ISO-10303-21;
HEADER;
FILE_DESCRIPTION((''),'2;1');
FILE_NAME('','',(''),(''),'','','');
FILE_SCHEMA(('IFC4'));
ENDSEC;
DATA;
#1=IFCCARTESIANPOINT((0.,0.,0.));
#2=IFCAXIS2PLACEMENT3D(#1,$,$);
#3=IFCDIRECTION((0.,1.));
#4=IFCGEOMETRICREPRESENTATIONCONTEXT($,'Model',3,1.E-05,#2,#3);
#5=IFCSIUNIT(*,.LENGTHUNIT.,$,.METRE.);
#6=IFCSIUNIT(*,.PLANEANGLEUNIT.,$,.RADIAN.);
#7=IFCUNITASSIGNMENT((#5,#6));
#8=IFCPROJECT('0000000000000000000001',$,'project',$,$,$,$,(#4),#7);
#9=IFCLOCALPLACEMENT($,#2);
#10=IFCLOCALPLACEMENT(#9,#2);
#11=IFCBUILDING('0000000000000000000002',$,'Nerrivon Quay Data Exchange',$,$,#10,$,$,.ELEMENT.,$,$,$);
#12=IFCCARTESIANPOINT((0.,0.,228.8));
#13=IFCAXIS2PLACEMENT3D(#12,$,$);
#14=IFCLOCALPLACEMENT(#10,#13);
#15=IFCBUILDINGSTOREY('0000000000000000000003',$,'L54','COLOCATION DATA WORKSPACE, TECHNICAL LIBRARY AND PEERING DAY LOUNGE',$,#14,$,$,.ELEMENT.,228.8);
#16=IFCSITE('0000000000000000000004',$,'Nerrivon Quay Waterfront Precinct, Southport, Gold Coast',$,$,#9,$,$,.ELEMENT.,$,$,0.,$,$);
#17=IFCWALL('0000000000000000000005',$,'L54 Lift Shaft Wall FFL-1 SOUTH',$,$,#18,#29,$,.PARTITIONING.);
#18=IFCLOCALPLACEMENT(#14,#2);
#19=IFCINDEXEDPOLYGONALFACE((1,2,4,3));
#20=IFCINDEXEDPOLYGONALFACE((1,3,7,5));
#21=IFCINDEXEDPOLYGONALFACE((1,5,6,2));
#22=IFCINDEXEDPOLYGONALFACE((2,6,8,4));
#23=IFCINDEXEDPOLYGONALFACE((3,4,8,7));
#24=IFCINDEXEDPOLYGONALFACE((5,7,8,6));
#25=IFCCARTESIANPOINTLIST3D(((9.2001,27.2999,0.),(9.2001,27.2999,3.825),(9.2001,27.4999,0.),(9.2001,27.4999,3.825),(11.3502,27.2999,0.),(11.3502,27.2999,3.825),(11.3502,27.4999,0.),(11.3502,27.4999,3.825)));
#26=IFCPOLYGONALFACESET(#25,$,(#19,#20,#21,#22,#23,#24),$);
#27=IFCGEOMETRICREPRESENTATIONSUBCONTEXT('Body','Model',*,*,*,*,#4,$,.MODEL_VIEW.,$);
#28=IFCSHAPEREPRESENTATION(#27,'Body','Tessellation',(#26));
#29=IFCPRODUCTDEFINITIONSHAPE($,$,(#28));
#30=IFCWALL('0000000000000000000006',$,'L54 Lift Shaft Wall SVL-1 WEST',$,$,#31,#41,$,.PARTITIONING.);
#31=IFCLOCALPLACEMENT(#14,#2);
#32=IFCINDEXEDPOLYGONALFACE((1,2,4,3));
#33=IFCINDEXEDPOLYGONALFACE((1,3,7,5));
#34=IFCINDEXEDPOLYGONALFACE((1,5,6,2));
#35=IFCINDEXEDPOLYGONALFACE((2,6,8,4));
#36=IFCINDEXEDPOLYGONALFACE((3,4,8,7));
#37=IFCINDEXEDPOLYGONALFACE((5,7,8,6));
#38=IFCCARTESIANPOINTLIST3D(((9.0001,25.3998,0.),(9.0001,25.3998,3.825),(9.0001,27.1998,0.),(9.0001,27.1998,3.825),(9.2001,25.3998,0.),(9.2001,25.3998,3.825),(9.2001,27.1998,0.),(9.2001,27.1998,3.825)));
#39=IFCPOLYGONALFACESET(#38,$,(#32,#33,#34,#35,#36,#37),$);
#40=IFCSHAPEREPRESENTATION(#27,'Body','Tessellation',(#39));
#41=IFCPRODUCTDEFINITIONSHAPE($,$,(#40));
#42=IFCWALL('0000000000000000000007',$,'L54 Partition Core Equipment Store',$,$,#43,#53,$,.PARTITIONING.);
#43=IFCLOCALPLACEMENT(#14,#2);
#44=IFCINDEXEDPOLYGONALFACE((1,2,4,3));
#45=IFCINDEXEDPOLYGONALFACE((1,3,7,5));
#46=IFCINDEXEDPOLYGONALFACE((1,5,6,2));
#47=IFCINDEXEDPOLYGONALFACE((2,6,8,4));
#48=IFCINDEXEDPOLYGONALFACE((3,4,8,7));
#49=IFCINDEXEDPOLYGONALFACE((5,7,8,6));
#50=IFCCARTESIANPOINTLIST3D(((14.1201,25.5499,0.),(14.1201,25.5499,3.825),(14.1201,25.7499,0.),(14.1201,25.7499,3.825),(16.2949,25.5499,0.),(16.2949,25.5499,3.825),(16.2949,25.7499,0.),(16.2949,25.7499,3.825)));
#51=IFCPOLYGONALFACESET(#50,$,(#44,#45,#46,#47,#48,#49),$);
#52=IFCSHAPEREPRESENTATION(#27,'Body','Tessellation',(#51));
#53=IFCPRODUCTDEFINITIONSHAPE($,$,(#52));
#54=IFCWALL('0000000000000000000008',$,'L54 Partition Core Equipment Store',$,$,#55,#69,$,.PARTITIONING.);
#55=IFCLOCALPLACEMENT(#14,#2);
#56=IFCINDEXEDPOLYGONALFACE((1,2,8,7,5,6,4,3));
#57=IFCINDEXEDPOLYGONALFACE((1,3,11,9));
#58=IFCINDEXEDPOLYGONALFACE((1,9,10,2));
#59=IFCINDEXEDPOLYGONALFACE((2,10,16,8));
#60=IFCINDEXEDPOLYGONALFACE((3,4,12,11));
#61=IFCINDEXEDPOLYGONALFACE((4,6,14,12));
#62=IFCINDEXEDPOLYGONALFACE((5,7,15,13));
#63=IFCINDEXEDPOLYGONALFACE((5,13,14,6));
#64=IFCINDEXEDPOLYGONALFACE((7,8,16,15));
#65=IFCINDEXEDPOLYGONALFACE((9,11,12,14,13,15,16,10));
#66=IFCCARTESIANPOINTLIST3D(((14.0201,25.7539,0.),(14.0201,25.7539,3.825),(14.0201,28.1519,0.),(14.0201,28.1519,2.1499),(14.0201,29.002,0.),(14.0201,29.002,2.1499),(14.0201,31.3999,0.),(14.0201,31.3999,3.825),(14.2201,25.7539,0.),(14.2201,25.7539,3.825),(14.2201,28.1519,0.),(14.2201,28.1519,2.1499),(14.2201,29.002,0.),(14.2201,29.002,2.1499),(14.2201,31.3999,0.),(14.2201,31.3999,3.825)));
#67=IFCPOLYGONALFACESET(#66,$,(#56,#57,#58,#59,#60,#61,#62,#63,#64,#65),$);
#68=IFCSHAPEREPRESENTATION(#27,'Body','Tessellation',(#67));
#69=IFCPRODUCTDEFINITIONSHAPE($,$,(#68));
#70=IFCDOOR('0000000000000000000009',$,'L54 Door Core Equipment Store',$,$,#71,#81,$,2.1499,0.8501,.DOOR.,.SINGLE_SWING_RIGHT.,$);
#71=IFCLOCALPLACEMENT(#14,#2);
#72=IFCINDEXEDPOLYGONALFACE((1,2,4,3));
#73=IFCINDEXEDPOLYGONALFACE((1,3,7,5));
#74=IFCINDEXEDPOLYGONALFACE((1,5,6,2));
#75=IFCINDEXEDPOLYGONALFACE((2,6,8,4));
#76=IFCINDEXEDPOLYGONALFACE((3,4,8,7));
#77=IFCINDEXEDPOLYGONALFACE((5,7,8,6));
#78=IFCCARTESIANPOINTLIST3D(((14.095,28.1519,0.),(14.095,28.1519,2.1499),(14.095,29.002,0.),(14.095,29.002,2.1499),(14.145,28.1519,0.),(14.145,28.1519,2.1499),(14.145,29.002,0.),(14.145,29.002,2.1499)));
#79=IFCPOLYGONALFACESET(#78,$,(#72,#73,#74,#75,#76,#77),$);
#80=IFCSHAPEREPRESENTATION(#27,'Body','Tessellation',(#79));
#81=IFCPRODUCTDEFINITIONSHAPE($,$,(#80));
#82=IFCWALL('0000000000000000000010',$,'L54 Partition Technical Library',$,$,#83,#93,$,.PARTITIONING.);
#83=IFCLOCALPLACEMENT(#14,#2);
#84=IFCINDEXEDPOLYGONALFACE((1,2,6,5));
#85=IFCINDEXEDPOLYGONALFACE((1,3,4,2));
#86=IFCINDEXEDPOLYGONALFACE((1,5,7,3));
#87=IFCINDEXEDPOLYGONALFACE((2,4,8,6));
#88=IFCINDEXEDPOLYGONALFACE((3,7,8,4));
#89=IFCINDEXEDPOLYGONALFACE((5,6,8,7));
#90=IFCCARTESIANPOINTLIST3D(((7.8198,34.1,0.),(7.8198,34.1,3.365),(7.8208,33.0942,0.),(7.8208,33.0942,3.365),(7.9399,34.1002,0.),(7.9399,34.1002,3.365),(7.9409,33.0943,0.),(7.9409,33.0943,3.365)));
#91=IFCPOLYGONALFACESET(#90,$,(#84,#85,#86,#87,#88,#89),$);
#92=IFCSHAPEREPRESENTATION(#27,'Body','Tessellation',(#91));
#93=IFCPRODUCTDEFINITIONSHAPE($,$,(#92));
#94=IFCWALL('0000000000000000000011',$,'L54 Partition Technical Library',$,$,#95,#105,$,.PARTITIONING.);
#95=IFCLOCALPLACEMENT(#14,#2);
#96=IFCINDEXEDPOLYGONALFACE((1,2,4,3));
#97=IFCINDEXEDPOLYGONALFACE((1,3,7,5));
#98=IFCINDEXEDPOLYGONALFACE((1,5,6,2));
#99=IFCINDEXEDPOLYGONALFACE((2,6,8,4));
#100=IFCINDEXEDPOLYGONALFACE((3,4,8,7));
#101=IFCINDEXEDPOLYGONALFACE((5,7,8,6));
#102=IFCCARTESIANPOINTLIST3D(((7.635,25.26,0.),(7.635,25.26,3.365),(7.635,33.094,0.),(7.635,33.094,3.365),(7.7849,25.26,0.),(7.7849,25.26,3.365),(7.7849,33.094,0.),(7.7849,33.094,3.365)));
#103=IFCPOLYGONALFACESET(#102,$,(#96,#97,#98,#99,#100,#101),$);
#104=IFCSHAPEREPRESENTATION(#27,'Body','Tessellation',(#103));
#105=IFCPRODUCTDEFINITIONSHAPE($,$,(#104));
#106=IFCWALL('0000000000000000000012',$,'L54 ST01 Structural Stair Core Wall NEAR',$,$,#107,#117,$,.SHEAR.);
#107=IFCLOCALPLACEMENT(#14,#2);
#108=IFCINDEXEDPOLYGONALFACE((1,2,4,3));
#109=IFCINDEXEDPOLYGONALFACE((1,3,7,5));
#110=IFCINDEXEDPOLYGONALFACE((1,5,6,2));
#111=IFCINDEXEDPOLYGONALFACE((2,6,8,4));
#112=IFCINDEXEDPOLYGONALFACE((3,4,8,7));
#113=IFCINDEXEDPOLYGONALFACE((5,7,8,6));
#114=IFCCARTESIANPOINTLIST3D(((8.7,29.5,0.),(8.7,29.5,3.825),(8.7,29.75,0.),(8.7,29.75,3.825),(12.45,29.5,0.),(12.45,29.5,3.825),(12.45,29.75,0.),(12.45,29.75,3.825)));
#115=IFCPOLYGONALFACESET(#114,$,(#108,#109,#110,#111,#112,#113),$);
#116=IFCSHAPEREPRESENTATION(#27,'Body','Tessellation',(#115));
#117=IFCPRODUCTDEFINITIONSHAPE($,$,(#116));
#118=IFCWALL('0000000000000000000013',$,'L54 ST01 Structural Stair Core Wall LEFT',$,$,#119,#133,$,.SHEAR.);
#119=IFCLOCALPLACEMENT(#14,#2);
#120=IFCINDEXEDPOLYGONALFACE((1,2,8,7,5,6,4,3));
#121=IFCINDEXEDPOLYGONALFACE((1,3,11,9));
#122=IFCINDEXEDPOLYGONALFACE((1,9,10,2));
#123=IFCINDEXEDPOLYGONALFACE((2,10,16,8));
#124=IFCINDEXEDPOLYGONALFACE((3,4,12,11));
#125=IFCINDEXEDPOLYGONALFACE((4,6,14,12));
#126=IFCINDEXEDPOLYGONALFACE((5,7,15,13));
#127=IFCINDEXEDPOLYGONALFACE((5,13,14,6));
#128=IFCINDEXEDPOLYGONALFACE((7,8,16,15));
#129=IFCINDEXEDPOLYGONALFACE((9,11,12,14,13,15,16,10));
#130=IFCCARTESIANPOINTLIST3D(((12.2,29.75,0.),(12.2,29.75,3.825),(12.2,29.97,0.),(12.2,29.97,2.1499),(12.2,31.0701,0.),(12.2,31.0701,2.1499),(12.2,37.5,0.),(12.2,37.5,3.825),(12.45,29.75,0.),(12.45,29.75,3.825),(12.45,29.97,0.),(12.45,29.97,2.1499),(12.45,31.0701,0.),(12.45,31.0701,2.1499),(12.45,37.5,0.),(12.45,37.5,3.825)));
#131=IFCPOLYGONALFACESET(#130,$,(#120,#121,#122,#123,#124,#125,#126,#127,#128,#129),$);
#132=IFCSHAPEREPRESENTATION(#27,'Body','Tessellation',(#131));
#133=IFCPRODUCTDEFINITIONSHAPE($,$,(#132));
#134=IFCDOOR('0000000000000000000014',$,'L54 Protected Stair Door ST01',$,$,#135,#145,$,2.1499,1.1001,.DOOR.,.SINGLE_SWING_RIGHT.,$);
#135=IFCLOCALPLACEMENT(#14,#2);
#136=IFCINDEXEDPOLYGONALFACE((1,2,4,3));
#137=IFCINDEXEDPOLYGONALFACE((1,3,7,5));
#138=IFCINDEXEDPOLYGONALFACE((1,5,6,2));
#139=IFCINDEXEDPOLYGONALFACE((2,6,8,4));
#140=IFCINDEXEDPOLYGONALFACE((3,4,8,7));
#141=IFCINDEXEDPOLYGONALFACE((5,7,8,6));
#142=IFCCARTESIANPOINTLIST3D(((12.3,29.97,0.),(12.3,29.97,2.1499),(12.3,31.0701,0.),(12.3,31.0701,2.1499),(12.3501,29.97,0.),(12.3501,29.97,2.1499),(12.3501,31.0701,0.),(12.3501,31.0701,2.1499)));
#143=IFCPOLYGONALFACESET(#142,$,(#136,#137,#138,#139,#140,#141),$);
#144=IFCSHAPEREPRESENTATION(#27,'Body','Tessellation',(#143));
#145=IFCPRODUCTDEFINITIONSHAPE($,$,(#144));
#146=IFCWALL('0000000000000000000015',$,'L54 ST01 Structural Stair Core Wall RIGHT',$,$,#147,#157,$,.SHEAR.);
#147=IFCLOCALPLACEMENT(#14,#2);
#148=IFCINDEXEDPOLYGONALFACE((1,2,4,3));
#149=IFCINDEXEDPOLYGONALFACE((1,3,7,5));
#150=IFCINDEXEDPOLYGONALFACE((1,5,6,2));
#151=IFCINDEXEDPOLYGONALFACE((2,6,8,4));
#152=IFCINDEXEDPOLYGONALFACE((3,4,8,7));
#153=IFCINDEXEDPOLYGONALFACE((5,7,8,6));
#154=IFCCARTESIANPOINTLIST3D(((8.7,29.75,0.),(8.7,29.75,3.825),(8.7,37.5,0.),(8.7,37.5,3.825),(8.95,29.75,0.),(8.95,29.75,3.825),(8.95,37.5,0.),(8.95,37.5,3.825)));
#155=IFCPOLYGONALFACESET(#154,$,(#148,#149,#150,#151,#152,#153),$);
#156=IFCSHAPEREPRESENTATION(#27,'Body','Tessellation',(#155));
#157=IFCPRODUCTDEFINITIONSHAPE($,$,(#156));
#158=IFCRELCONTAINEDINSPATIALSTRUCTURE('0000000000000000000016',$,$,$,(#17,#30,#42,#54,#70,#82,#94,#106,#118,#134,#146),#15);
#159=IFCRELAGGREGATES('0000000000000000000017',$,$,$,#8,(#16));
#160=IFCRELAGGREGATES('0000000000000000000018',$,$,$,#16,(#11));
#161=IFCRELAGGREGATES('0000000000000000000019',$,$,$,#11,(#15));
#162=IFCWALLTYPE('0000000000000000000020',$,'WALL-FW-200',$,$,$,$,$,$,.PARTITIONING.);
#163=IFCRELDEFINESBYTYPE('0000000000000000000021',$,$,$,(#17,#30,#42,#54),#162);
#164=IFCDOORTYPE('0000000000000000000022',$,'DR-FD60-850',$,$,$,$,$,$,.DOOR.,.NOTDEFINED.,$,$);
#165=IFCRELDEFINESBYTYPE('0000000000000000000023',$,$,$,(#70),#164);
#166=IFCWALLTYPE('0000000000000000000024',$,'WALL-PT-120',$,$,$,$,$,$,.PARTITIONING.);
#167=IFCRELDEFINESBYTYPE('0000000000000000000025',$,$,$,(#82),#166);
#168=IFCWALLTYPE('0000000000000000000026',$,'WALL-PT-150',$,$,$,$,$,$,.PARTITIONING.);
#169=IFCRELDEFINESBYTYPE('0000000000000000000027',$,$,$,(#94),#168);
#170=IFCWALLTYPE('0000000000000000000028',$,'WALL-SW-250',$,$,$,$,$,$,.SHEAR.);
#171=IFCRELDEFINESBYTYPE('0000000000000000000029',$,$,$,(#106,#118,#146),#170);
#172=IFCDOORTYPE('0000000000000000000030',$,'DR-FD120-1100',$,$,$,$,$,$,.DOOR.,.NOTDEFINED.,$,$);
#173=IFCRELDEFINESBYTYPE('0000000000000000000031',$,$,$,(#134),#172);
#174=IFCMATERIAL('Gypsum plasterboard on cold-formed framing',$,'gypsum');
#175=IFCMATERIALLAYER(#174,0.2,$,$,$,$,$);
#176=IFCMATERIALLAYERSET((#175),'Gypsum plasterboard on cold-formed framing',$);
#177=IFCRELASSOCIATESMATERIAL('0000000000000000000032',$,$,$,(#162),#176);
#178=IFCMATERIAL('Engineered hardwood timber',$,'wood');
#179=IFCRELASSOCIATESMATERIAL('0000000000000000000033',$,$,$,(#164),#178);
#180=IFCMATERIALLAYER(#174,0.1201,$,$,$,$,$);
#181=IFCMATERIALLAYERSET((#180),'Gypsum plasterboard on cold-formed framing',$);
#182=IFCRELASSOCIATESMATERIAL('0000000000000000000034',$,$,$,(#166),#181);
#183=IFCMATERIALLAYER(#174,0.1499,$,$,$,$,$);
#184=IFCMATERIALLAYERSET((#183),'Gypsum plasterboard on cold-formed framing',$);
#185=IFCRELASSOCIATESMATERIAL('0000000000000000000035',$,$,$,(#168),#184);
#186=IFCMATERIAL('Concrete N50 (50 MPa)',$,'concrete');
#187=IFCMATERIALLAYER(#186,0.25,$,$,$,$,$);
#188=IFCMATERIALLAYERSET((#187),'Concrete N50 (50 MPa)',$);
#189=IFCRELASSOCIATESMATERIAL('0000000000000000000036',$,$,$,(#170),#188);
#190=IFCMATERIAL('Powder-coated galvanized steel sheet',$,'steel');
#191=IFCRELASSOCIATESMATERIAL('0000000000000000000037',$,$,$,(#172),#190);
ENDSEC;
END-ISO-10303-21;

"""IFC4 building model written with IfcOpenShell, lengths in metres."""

from ifc_helpers import new_model, si_unit, direction, frame, frame_2d, origin, place, context, subcontext, project, spatial, rectangle, extrude, material, layer, layer_set, type_object, element, fill, save


model = new_model("IFC4")

# Units and contexts
model_context = context("Model", 3, precision=1e-05, world=origin(), true_north=direction((0.0, 1.0)))
body_context = subcontext(model_context, "Body", "Model", "MODEL_VIEW")
ifc_project = project(units=[si_unit("LENGTHUNIT", "METRE"), si_unit("PLANEANGLEUNIT", "RADIAN")], contexts=[model_context])

# Site, building, storey
site_placement = place(None, origin())
site = spatial("IfcSite", under=ifc_project, at=site_placement, Name="Nerrivon Quay Waterfront Precinct, Southport, Gold Coast", CompositionType="ELEMENT", RefElevation=0.0)
building_placement = place(site_placement, origin())
building = spatial("IfcBuilding", under=site, at=building_placement, Name="Nerrivon Quay Data Exchange", CompositionType="ELEMENT")
storey_placement = place(building_placement, frame((0.0, 0.0, 228.8)))
storey = spatial("IfcBuildingStorey", under=building, at=storey_placement, Name="L54", Description="COLOCATION DATA WORKSPACE, TECHNICAL LIBRARY AND PEERING DAY LOUNGE", CompositionType="ELEMENT", Elevation=228.8)

# Shared definitions
ifc_material_1 = material(Name="Concrete N50 (50 MPa)", Category="concrete")

# Shared definitions
ifc_material_2 = material(Name="Gypsum plasterboard on cold-formed framing", Category="gypsum")
ifc_layer_1 = layer(ifc_material_2, 0.2)
ifc_layer_set_1 = layer_set([ifc_layer_1], Name="Gypsum plasterboard on cold-formed framing")
wall_type_1 = type_object("IfcWallType", Name="WALL-FW-200", PredefinedType="PARTITIONING", material=ifc_layer_set_1)
ifc_material_3 = material(Name="Powder-coated galvanized steel sheet", Category="steel")

# Walls
wall_1_placement = place(storey_placement, frame((9.2, 27.3999, 0.0), z_axis=(0.0, 0.0, 1.0), x_axis=(1.0, 0.0, 0.0)))
element("IfcWall", 1, at=wall_1_placement, inside=storey, type_object=wall_type_1, Name="L54 Lift Shaft Wall FFL-1 SOUTH", PredefinedType="PARTITIONING", context=body_context, shape_type="SweptSolid", body=[
    extrude(rectangle(XDim=2.1501, YDim=0.2, at=frame_2d((1.0752, 0.0))), origin(), (0.0, 0.0, 1.0), 3.825),
])
wall_2_placement = place(storey_placement, frame((9.1001, 25.3999, 0.0), z_axis=(0.0, 0.0, 1.0), x_axis=(0.0, 1.0, 0.0)))
element("IfcWall", 2, at=wall_2_placement, inside=storey, type_object=wall_type_1, Name="L54 Lift Shaft Wall SVL-1 WEST", PredefinedType="PARTITIONING", context=body_context, shape_type="SweptSolid", body=[
    extrude(rectangle(XDim=1.8, YDim=0.2, at=frame_2d((0.8999, 0.0))), origin(), (0.0, 0.0, 1.0), 3.825),
])
wall_3_placement = place(storey_placement, frame((14.1201, 25.6499, 0.0), z_axis=(0.0, 0.0, 1.0), x_axis=(1.0, 0.0, 0.0)))
element("IfcWall", 3, at=wall_3_placement, inside=storey, type_object=wall_type_1, Name="L54 Partition Core Equipment Store", PredefinedType="PARTITIONING", context=body_context, shape_type="SweptSolid", body=[
    extrude(rectangle(XDim=2.1748, YDim=0.2, at=frame_2d((1.0874, 0.0))), origin(), (0.0, 0.0, 1.0), 3.825),
])

# Wall, opening, door
wall_4_placement = place(storey_placement, frame((14.1201, 31.3999, 0.0), z_axis=(0.0, 0.0, 1.0), x_axis=(0.0, -1.0, 0.0)))
wall_4 = element("IfcWall", 4, at=wall_4_placement, inside=storey, type_object=wall_type_1, Name="L54 Partition Core Equipment Store", PredefinedType="PARTITIONING", context=body_context, shape_type="SweptSolid", body=[
    extrude(rectangle(XDim=5.646, YDim=0.2, at=frame_2d((2.823, 0.0))), origin(), (0.0, 0.0, 1.0), 3.825),
])
opening_1_placement = place(wall_4_placement, frame((2.3979, 0.0, 0.0)))
opening_1 = element("IfcOpeningElement", 5, at=opening_1_placement, cuts=wall_4, PredefinedType="OPENING", context=body_context, shape_type="SweptSolid", body=[
    extrude(rectangle(XDim=0.8501, YDim=2.1499, at=frame_2d((0.425, 1.075))), frame((0.0, 0.1099, 0.0), z_axis=(0.0, -1.0, 0.0), x_axis=(1.0, 0.0, 0.0)), (0.0, 0.0, 1.0), 0.22),
])
ifc_material_4 = material(Name="Engineered hardwood timber", Category="wood")
door_type_1 = type_object("IfcDoorType", Name="DR-FD60-850", OperationType="NOTDEFINED", PredefinedType="DOOR", material=ifc_material_4)
door_1_placement = place(opening_1_placement, origin())
door_1 = element("IfcDoor", 6, at=door_1_placement, inside=storey, type_object=door_type_1, Name="L54 Door Core Equipment Store", OperationType="SINGLE_SWING_RIGHT", OverallHeight=2.1499, OverallWidth=0.8501, PredefinedType="DOOR", context=body_context, shape_type="SweptSolid", body=[
    extrude(rectangle(XDim=0.8501, YDim=2.1499, at=frame_2d((0.425, 1.075))), frame((0.0, 0.0249, 0.0), z_axis=(0.0, -1.0, 0.0), x_axis=(1.0, 0.0, 0.0)), (0.0, 0.0, 1.0), 0.05),
])
fill(opening_1, door_1)

# Walls
ifc_layer_2 = layer(ifc_material_2, 0.1201)
ifc_layer_set_2 = layer_set([ifc_layer_2], Name="Gypsum plasterboard on cold-formed framing")
wall_type_2 = type_object("IfcWallType", Name="WALL-PT-120", PredefinedType="PARTITIONING", material=ifc_layer_set_2)
wall_5_placement = place(storey_placement, frame((7.8809, 33.0942, 0.0), z_axis=(0.0, 0.0, 1.0), x_axis=(-0.000971, 1.0, 0.0)))
element("IfcWall", 7, at=wall_5_placement, inside=storey, type_object=wall_type_2, Name="L54 Partition Technical Library", PredefinedType="PARTITIONING", context=body_context, shape_type="SweptSolid", body=[
    extrude(rectangle(XDim=1.0059, YDim=0.1201, at=frame_2d((0.5029, 0.0))), origin(), (0.0, 0.0, 1.0), 3.365),
])
ifc_layer_3 = layer(ifc_material_2, 0.1499)
ifc_layer_set_3 = layer_set([ifc_layer_3], Name="Gypsum plasterboard on cold-formed framing")
wall_type_3 = type_object("IfcWallType", Name="WALL-PT-150", PredefinedType="PARTITIONING", material=ifc_layer_set_3)
wall_6_placement = place(storey_placement, frame((7.71, 33.094, 0.0), z_axis=(0.0, 0.0, 1.0), x_axis=(0.0, -1.0, 0.0)))
element("IfcWall", 8, at=wall_6_placement, inside=storey, type_object=wall_type_3, Name="L54 Partition Technical Library", PredefinedType="PARTITIONING", context=body_context, shape_type="SweptSolid", body=[
    extrude(rectangle(XDim=7.834, YDim=0.1499, at=frame_2d((3.917, 0.0))), origin(), (0.0, 0.0, 1.0), 3.365),
])
ifc_layer_4 = layer(ifc_material_1, 0.25)
ifc_layer_set_4 = layer_set([ifc_layer_4], Name="Concrete N50 (50 MPa)")
wall_type_4 = type_object("IfcWallType", Name="WALL-SW-250", PredefinedType="SHEAR", material=ifc_layer_set_4)
wall_7_placement = place(storey_placement, frame((12.45, 29.625, 0.0), z_axis=(0.0, 0.0, 1.0), x_axis=(-1.0, 0.0, 0.0)))
element("IfcWall", 9, at=wall_7_placement, inside=storey, type_object=wall_type_4, Name="L54 ST01 Structural Stair Core Wall NEAR", PredefinedType="SHEAR", context=body_context, shape_type="SweptSolid", body=[
    extrude(rectangle(XDim=3.75, YDim=0.25, at=frame_2d((1.875, 0.0))), origin(), (0.0, 0.0, 1.0), 3.825),
])

# Wall, opening, door
wall_8_placement = place(storey_placement, frame((12.325, 29.75, 0.0), z_axis=(0.0, 0.0, 1.0), x_axis=(0.0, 1.0, 0.0)))
wall_8 = element("IfcWall", 10, at=wall_8_placement, inside=storey, type_object=wall_type_4, Name="L54 ST01 Structural Stair Core Wall LEFT", PredefinedType="SHEAR", context=body_context, shape_type="SweptSolid", body=[
    extrude(rectangle(XDim=7.75, YDim=0.25, at=frame_2d((3.875, 0.0))), origin(), (0.0, 0.0, 1.0), 3.825),
])
opening_2_placement = place(wall_8_placement, frame((0.22, 0.0, 0.0)))
opening_2 = element("IfcOpeningElement", 11, at=opening_2_placement, cuts=wall_8, PredefinedType="OPENING", context=body_context, shape_type="SweptSolid", body=[
    extrude(rectangle(XDim=1.1001, YDim=2.1499, at=frame_2d((0.55, 1.075))), frame((0.0, 0.135, 0.0), z_axis=(0.0, -1.0, 0.0), x_axis=(1.0, 0.0, 0.0)), (0.0, 0.0, 1.0), 0.27),
])
door_type_2 = type_object("IfcDoorType", Name="DR-FD120-1100", OperationType="NOTDEFINED", PredefinedType="DOOR", material=ifc_material_3)
door_2_placement = place(opening_2_placement, origin())
door_2 = element("IfcDoor", 12, at=door_2_placement, inside=storey, type_object=door_type_2, Name="L54 Protected Stair Door ST01", OperationType="SINGLE_SWING_RIGHT", OverallHeight=2.1499, OverallWidth=1.1001, PredefinedType="DOOR", context=body_context, shape_type="SweptSolid", body=[
    extrude(rectangle(XDim=1.1001, YDim=2.1499, at=frame_2d((0.55, 1.075))), frame((0.0, 0.0249, 0.0), z_axis=(0.0, -1.0, 0.0), x_axis=(1.0, 0.0, 0.0)), (0.0, 0.0, 1.0), 0.05),
])
fill(opening_2, door_2)

# Wall
wall_9_placement = place(storey_placement, frame((8.825, 29.75, 0.0), z_axis=(0.0, 0.0, 1.0), x_axis=(0.0, 1.0, 0.0)))
element("IfcWall", 13, at=wall_9_placement, inside=storey, type_object=wall_type_4, Name="L54 ST01 Structural Stair Core Wall RIGHT", PredefinedType="SHEAR", context=body_context, shape_type="SweptSolid", body=[
    extrude(rectangle(XDim=7.75, YDim=0.25, at=frame_2d((3.875, 0.0))), origin(), (0.0, 0.0, 1.0), 3.825),
])

save(model, "model.ifc")
